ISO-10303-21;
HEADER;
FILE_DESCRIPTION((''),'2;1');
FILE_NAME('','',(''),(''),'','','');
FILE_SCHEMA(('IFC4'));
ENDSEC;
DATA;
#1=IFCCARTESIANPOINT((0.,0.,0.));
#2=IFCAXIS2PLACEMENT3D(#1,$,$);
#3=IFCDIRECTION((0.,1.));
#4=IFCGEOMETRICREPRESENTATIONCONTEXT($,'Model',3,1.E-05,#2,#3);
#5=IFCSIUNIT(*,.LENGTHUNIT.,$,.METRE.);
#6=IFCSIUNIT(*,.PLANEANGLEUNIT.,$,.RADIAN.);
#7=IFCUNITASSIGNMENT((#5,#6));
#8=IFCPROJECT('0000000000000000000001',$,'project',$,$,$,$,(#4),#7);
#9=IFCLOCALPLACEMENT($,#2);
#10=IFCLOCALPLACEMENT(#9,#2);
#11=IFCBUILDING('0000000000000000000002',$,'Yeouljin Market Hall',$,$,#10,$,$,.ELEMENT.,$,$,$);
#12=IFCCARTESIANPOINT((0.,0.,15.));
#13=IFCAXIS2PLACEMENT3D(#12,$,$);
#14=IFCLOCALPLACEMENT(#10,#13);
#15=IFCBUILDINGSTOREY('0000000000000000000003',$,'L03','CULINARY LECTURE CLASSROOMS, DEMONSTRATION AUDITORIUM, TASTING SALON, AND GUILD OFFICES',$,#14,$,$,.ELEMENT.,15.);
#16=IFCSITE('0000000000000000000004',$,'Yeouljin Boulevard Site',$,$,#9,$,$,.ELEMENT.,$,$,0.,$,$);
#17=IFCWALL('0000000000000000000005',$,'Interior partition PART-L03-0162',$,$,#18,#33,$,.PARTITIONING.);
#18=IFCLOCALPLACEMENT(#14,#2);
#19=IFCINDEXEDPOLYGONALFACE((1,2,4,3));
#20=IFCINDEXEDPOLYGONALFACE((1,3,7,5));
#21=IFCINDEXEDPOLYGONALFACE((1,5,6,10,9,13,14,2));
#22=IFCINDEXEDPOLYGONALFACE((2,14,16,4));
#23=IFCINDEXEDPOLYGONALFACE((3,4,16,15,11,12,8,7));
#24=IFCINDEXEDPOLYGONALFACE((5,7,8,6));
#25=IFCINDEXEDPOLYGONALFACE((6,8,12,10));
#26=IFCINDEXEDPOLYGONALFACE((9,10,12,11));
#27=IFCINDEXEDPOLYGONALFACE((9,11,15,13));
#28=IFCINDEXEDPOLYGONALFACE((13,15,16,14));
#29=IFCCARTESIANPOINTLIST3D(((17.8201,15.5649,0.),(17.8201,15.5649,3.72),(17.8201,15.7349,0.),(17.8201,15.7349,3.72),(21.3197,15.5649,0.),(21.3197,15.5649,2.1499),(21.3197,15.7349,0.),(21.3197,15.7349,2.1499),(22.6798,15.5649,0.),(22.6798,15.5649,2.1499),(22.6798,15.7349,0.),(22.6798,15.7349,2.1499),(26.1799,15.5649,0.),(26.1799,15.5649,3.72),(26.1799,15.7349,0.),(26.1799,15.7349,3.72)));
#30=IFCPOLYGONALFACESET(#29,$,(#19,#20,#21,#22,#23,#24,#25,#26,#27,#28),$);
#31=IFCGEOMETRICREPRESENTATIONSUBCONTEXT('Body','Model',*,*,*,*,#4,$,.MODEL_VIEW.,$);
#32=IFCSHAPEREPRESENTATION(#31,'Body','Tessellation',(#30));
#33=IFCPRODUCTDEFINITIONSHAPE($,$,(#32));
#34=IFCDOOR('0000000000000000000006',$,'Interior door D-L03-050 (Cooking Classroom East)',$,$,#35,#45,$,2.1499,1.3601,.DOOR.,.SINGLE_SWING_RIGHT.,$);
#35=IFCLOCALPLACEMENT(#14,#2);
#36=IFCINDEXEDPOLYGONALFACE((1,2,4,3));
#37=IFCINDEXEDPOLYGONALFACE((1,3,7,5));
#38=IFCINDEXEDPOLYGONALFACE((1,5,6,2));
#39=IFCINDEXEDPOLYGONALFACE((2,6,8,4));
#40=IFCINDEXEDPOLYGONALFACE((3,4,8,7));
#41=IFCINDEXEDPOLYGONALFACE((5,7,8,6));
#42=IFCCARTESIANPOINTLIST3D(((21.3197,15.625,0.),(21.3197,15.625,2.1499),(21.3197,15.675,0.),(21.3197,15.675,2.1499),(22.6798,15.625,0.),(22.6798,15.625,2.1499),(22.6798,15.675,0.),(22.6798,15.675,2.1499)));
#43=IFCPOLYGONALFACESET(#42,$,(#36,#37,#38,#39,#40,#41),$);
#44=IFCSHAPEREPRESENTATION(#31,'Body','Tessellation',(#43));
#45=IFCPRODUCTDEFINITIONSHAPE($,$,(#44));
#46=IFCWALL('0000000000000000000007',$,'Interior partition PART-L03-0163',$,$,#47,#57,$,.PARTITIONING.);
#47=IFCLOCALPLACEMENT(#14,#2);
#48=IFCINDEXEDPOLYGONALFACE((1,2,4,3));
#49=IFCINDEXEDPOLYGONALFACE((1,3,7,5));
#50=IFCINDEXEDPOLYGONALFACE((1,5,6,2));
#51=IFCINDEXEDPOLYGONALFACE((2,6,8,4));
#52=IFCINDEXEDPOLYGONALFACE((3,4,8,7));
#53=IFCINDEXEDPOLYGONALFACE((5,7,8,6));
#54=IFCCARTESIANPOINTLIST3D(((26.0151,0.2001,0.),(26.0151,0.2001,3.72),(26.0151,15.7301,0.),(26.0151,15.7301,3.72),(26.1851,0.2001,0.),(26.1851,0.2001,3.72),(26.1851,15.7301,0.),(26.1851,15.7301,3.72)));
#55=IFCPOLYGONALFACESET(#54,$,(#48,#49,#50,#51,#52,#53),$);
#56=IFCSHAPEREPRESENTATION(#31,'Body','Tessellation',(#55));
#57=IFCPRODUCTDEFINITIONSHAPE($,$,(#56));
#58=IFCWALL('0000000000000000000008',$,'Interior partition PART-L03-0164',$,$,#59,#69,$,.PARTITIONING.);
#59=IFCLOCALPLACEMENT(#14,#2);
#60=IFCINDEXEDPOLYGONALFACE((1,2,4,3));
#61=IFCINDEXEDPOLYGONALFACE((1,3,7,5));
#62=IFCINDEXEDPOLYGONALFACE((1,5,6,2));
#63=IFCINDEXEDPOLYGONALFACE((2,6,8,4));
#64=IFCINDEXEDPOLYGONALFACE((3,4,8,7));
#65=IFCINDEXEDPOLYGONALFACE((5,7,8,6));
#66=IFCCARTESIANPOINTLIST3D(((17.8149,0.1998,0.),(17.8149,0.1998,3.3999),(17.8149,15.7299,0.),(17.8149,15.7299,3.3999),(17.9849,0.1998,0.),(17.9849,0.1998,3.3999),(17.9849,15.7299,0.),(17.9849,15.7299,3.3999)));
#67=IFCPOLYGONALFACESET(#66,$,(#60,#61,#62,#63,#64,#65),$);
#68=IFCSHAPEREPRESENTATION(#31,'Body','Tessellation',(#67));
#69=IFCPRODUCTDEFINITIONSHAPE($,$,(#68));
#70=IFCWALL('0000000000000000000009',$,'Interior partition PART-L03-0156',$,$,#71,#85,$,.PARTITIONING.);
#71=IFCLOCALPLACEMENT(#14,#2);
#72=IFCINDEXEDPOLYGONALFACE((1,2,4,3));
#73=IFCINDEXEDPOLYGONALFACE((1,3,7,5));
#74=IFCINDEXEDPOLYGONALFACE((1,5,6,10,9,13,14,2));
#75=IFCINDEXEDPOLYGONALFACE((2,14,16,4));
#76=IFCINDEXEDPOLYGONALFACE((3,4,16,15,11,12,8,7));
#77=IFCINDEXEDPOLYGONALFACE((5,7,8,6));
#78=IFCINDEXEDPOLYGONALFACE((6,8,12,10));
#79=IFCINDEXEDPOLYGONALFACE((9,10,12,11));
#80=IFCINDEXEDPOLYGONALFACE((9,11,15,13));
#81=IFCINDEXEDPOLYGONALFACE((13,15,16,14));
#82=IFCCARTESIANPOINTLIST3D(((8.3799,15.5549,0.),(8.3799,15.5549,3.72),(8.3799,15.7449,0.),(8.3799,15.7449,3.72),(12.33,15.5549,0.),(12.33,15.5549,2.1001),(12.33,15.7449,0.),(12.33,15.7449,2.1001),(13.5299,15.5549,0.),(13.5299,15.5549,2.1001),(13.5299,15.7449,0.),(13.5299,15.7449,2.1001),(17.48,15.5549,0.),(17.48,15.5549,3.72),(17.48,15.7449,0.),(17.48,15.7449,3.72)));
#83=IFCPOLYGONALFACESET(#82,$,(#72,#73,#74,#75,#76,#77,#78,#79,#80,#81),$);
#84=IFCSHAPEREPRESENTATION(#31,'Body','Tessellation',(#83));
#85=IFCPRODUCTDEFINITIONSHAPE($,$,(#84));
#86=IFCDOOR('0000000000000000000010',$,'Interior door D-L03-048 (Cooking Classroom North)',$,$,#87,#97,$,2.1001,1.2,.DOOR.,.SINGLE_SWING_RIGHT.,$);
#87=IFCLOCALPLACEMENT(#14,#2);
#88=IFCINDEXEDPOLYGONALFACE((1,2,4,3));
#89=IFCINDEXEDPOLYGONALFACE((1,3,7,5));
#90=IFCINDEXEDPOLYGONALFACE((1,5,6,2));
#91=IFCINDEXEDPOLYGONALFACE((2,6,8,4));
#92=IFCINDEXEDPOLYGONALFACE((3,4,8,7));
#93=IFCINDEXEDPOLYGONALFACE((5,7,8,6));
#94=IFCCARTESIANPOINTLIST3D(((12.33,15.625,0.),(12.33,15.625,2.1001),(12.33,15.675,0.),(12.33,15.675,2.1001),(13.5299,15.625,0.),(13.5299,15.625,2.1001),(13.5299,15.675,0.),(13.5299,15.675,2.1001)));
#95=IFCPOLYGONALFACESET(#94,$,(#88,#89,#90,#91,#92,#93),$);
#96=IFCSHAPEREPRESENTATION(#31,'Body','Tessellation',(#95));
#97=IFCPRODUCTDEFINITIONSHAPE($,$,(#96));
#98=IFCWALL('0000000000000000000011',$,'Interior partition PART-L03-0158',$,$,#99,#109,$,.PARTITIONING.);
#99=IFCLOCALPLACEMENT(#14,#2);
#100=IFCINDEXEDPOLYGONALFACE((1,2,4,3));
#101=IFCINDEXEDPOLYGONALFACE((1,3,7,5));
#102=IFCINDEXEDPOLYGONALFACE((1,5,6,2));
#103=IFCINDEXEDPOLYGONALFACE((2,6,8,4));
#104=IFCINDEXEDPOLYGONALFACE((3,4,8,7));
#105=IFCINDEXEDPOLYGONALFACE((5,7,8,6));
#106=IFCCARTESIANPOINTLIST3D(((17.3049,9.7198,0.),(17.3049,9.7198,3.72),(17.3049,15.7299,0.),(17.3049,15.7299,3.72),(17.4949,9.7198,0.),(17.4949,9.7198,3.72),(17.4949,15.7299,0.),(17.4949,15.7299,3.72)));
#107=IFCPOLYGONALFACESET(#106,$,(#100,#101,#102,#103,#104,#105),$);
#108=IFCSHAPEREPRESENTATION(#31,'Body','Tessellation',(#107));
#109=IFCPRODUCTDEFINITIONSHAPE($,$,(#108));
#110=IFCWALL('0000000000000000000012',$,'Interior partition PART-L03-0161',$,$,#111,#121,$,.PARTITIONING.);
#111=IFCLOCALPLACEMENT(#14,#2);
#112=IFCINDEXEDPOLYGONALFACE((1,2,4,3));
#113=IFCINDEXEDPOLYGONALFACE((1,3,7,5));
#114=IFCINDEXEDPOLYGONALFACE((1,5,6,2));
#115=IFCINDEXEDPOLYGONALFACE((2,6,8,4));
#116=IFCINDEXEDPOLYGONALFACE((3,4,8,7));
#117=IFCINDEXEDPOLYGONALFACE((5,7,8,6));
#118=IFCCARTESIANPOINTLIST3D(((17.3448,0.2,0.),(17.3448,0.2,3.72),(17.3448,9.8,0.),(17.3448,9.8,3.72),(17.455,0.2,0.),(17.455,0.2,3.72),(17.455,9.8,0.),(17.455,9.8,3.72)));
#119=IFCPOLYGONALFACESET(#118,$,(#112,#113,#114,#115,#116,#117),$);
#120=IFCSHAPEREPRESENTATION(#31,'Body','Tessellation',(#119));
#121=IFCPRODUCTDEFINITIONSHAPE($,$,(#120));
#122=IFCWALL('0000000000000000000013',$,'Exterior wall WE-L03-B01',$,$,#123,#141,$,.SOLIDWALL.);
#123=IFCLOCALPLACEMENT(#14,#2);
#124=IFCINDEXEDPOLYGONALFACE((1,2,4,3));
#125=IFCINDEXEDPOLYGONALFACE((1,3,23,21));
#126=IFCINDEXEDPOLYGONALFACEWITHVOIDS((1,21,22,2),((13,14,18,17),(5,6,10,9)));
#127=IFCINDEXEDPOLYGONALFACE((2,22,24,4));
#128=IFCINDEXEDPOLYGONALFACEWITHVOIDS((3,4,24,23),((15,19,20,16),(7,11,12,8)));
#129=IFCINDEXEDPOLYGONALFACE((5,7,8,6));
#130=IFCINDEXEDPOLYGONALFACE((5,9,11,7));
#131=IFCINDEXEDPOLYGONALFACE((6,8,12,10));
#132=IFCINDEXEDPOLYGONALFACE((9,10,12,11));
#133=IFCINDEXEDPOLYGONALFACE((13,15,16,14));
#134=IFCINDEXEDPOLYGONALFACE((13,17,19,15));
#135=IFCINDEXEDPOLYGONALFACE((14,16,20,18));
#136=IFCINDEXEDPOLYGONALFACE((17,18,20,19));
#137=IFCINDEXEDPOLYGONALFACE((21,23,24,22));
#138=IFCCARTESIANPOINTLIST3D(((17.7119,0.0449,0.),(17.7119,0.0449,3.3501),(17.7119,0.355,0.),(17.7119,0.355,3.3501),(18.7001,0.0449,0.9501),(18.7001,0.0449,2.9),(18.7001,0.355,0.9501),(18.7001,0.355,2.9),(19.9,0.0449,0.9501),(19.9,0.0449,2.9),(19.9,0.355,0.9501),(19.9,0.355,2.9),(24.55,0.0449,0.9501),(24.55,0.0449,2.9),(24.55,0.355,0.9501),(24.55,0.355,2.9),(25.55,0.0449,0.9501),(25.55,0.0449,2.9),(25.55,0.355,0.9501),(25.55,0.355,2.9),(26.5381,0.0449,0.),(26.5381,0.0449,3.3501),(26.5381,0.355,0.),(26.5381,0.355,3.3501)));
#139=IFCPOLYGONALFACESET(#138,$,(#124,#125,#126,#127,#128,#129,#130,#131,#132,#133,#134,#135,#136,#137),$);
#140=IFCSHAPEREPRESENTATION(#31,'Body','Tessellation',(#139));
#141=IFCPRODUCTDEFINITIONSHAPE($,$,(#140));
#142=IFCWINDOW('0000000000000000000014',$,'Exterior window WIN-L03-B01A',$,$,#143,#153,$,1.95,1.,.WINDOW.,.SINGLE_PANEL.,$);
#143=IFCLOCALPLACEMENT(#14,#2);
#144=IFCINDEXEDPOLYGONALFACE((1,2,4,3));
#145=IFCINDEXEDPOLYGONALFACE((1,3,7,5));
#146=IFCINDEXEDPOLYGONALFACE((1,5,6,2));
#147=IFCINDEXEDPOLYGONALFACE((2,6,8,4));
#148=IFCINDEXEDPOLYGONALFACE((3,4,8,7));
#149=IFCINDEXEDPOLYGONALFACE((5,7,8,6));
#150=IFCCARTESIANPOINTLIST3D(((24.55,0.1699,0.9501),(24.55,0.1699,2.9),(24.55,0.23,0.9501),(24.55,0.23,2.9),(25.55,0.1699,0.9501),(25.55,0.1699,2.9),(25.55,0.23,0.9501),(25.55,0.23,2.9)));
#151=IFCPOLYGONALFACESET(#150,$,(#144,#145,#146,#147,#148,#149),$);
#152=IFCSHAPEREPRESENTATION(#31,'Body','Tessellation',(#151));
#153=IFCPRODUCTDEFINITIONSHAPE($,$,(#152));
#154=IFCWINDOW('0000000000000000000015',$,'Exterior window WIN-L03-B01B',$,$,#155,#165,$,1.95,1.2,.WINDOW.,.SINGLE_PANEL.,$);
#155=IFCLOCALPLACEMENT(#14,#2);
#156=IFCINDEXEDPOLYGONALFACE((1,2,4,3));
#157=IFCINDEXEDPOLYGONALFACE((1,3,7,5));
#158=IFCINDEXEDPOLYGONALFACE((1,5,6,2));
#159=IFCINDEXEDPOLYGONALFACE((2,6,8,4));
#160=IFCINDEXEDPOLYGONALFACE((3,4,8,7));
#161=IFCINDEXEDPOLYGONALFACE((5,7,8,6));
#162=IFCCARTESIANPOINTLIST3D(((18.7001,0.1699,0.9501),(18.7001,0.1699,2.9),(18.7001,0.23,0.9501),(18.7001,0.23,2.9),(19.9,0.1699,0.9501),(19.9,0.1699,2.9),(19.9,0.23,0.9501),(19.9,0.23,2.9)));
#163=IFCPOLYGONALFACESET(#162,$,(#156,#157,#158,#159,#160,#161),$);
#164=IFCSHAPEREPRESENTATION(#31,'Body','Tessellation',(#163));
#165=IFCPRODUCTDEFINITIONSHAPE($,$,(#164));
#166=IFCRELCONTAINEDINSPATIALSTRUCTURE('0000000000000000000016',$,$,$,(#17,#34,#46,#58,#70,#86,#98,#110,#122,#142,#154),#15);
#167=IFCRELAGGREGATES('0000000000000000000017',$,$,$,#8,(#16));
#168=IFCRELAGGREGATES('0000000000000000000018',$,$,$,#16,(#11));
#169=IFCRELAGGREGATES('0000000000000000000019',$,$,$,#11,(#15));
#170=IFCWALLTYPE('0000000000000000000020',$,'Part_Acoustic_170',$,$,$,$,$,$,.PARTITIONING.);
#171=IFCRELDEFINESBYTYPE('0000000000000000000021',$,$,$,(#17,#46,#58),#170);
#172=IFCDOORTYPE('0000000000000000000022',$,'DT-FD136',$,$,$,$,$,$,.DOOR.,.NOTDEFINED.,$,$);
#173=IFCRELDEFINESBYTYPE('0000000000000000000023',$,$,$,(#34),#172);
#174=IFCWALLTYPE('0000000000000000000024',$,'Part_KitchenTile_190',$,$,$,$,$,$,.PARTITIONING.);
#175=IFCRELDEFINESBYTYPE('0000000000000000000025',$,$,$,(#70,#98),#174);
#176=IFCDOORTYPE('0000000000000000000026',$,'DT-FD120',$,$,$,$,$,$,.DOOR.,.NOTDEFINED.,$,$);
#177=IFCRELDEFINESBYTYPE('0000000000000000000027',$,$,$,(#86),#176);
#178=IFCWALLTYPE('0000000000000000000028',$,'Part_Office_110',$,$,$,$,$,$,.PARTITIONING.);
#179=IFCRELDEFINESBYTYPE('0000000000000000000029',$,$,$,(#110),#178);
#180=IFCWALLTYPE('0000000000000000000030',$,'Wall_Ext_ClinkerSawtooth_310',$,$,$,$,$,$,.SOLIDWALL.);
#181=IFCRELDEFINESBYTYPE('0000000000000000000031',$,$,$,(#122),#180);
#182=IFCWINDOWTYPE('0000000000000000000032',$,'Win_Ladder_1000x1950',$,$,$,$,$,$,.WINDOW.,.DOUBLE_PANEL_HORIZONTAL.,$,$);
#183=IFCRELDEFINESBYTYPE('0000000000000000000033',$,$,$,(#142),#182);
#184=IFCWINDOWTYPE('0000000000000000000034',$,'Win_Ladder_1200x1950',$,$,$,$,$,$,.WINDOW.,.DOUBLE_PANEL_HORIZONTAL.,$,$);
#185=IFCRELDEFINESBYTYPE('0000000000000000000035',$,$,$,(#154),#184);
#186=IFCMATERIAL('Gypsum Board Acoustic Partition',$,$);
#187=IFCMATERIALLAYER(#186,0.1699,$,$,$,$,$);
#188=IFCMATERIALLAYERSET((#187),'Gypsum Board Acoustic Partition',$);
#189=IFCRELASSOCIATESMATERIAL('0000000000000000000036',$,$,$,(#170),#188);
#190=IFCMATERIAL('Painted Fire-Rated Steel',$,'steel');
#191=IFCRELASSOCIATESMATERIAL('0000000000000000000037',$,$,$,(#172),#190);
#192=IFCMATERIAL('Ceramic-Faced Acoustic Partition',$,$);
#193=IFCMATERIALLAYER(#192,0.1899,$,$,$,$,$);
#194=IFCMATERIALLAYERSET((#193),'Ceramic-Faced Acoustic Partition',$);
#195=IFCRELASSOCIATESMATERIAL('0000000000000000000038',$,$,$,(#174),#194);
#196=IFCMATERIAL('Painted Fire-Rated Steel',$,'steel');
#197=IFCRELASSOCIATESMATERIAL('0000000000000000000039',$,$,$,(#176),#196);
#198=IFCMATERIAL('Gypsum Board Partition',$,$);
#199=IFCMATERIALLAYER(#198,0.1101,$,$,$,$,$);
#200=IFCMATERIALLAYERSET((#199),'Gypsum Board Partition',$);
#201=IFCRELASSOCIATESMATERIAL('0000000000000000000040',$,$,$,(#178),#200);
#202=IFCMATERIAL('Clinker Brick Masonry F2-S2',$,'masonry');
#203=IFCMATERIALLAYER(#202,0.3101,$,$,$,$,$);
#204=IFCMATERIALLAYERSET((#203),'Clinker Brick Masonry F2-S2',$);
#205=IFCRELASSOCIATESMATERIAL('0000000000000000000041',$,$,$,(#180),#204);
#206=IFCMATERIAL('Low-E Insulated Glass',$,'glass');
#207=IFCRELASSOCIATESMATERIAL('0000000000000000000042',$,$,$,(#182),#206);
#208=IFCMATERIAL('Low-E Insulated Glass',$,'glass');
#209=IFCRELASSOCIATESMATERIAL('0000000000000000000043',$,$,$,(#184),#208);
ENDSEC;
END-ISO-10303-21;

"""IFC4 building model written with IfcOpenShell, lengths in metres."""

from ifc_helpers import new_model, si_unit, direction, frame, frame_2d, origin, place, context, subcontext, project, spatial, rectangle, extrude, material, layer, layer_set, type_object, element, fill, save


model = new_model("IFC4")

# Units and contexts
model_context = context("Model", 3, precision=1e-05, world=origin(), true_north=direction((0.0, 1.0)))
body_context = subcontext(model_context, "Body", "Model", "MODEL_VIEW")
ifc_project = project(units=[si_unit("LENGTHUNIT", "METRE"), si_unit("PLANEANGLEUNIT", "RADIAN")], contexts=[model_context])

# Site, building, storey
site_placement = place(None, origin())
site = spatial("IfcSite", under=ifc_project, at=site_placement, Name="Yeouljin Boulevard Site", CompositionType="ELEMENT", RefElevation=0.0)
building_placement = place(site_placement, origin())
building = spatial("IfcBuilding", under=site, at=building_placement, Name="Yeouljin Market Hall", CompositionType="ELEMENT")
storey_placement = place(building_placement, frame((0.0, 0.0, 15.0)))
storey = spatial("IfcBuildingStorey", under=building, at=storey_placement, Name="L03", Description="CULINARY LECTURE CLASSROOMS, DEMONSTRATION AUDITORIUM, TASTING SALON, AND GUILD OFFICES", CompositionType="ELEMENT", Elevation=15.0)

# Wall, opening, door
ifc_material_1 = material(Name="Gypsum Board Acoustic Partition")
ifc_layer_1 = layer(ifc_material_1, 0.1699)
ifc_layer_set_1 = layer_set([ifc_layer_1], Name="Gypsum Board Acoustic Partition")
wall_type_1 = type_object("IfcWallType", Name="Part_Acoustic_170", PredefinedType="PARTITIONING", material=ifc_layer_set_1)
wall_1_placement = place(storey_placement, frame((26.1799, 15.6499, 0.0), z_axis=(0.0, 0.0, 1.0), x_axis=(-1.0, 0.0, 0.0)))
wall_1 = element("IfcWall", 1, at=wall_1_placement, inside=storey, type_object=wall_type_1, Name="Interior partition PART-L03-0162", PredefinedType="PARTITIONING", context=body_context, shape_type="SweptSolid", body=[
    extrude(rectangle(XDim=8.3599, YDim=0.1699, at=frame_2d((4.1799, 0.0))), origin(), (0.0, 0.0, 1.0), 3.72),
])
opening_1_placement = place(wall_1_placement, frame((3.5, 0.0, 0.0)))
opening_1 = element("IfcOpeningElement", 2, at=opening_1_placement, cuts=wall_1, PredefinedType="OPENING", context=body_context, shape_type="SweptSolid", body=[
    extrude(rectangle(XDim=1.3601, YDim=2.1499, at=frame_2d((0.6802, 1.075))), frame((0.0, 0.095, 0.0), z_axis=(0.0, -1.0, 0.0), x_axis=(1.0, 0.0, 0.0)), (0.0, 0.0, 1.0), 0.1899),
])
ifc_material_2 = material(Name="Painted Fire-Rated Steel", Category="steel")
door_type_1 = type_object("IfcDoorType", Name="DT-FD136", OperationType="NOTDEFINED", PredefinedType="DOOR", material=ifc_material_2)
door_1_placement = place(opening_1_placement, origin())
door_1 = element("IfcDoor", 3, at=door_1_placement, inside=storey, type_object=door_type_1, Name="Interior door D-L03-050 (Cooking Classroom East)", OperationType="SINGLE_SWING_RIGHT", OverallHeight=2.1499, OverallWidth=1.3601, PredefinedType="DOOR", context=body_context, shape_type="SweptSolid", body=[
    extrude(rectangle(XDim=1.3601, YDim=2.1499, at=frame_2d((0.6802, 1.075))), frame((0.0, 0.0249, 0.0), z_axis=(0.0, -1.0, 0.0), x_axis=(1.0, 0.0, 0.0)), (0.0, 0.0, 1.0), 0.05),
])
fill(opening_1, door_1)

# Walls
wall_2_placement = place(storey_placement, frame((26.1001, 0.2, 0.0), z_axis=(0.0, 0.0, 1.0), x_axis=(0.0, 1.0, 0.0)))
element("IfcWall", 4, at=wall_2_placement, inside=storey, type_object=wall_type_1, Name="Interior partition PART-L03-0163", PredefinedType="PARTITIONING", context=body_context, shape_type="SweptSolid", body=[
    extrude(rectangle(XDim=15.53, YDim=0.1699, at=frame_2d((7.7651, 0.0))), origin(), (0.0, 0.0, 1.0), 3.72),
])
wall_3_placement = place(storey_placement, frame((17.8999, 15.73, 0.0), z_axis=(0.0, 0.0, 1.0), x_axis=(0.0, -1.0, 0.0)))
element("IfcWall", 5, at=wall_3_placement, inside=storey, type_object=wall_type_1, Name="Interior partition PART-L03-0164", PredefinedType="PARTITIONING", context=body_context, shape_type="SweptSolid", body=[
    extrude(rectangle(XDim=15.53, YDim=0.1699, at=frame_2d((7.7651, 0.0))), origin(), (0.0, 0.0, 1.0), 3.3999),
])

# Wall, opening, door
ifc_material_3 = material(Name="Ceramic-Faced Acoustic Partition")
ifc_layer_2 = layer(ifc_material_3, 0.1899)
ifc_layer_set_2 = layer_set([ifc_layer_2], Name="Ceramic-Faced Acoustic Partition")
wall_type_2 = type_object("IfcWallType", Name="Part_KitchenTile_190", PredefinedType="PARTITIONING", material=ifc_layer_set_2)
wall_4_placement = place(storey_placement, frame((17.48, 15.6499, 0.0), z_axis=(0.0, 0.0, 1.0), x_axis=(-1.0, 0.0, 0.0)))
wall_4 = element("IfcWall", 6, at=wall_4_placement, inside=storey, type_object=wall_type_2, Name="Interior partition PART-L03-0156", PredefinedType="PARTITIONING", context=body_context, shape_type="SweptSolid", body=[
    extrude(rectangle(XDim=9.1001, YDim=0.1899, at=frame_2d((4.55, 0.0))), origin(), (0.0, 0.0, 1.0), 3.72),
])
opening_2_placement = place(wall_4_placement, frame((3.95, 0.0, 0.0)))
opening_2 = element("IfcOpeningElement", 7, at=opening_2_placement, cuts=wall_4, PredefinedType="OPENING", context=body_context, shape_type="SweptSolid", body=[
    extrude(rectangle(XDim=1.2, YDim=2.1001, at=frame_2d((0.6001, 1.05))), frame((0.0, 0.105, 0.0), z_axis=(0.0, -1.0, 0.0), x_axis=(1.0, 0.0, 0.0)), (0.0, 0.0, 1.0), 0.21),
])
ifc_material_4 = material(Name="Painted Fire-Rated Steel", Category="steel")
door_type_2 = type_object("IfcDoorType", Name="DT-FD120", OperationType="NOTDEFINED", PredefinedType="DOOR", material=ifc_material_4)
door_2_placement = place(opening_2_placement, origin())
door_2 = element("IfcDoor", 8, at=door_2_placement, inside=storey, type_object=door_type_2, Name="Interior door D-L03-048 (Cooking Classroom North)", OperationType="SINGLE_SWING_RIGHT", OverallHeight=2.1001, OverallWidth=1.2, PredefinedType="DOOR", context=body_context, shape_type="SweptSolid", body=[
    extrude(rectangle(XDim=1.2, YDim=2.1001, at=frame_2d((0.6001, 1.05))), frame((0.0, 0.0249, 0.0), z_axis=(0.0, -1.0, 0.0), x_axis=(1.0, 0.0, 0.0)), (0.0, 0.0, 1.0), 0.05),
])
fill(opening_2, door_2)

# Walls
wall_5_placement = place(storey_placement, frame((17.3999, 9.72, 0.0), z_axis=(0.0, 0.0, 1.0), x_axis=(0.0, 1.0, 0.0)))
element("IfcWall", 9, at=wall_5_placement, inside=storey, type_object=wall_type_2, Name="Interior partition PART-L03-0158", PredefinedType="PARTITIONING", context=body_context, shape_type="SweptSolid", body=[
    extrude(rectangle(XDim=6.01, YDim=0.1899, at=frame_2d((3.0049, 0.0))), origin(), (0.0, 0.0, 1.0), 3.72),
])
ifc_material_5 = material(Name="Gypsum Board Partition")
ifc_layer_3 = layer(ifc_material_5, 0.1101)
ifc_layer_set_3 = layer_set([ifc_layer_3], Name="Gypsum Board Partition")
wall_type_3 = type_object("IfcWallType", Name="Part_Office_110", PredefinedType="PARTITIONING", material=ifc_layer_set_3)
wall_6_placement = place(storey_placement, frame((17.3999, 0.2, 0.0), z_axis=(0.0, 0.0, 1.0), x_axis=(0.0, 1.0, 0.0)))
element("IfcWall", 10, at=wall_6_placement, inside=storey, type_object=wall_type_3, Name="Interior partition PART-L03-0161", PredefinedType="PARTITIONING", context=body_context, shape_type="SweptSolid", body=[
    extrude(rectangle(XDim=9.6001, YDim=0.1101, at=frame_2d((4.8, 0.0))), origin(), (0.0, 0.0, 1.0), 3.72),
])

# Wall, openings, windows
ifc_material_6 = material(Name="Clinker Brick Masonry F2-S2", Category="masonry")
ifc_layer_4 = layer(ifc_material_6, 0.3101)
ifc_layer_set_4 = layer_set([ifc_layer_4], Name="Clinker Brick Masonry F2-S2")
wall_type_4 = type_object("IfcWallType", Name="Wall_Ext_ClinkerSawtooth_310", PredefinedType="SOLIDWALL", material=ifc_layer_set_4)
wall_7_placement = place(storey_placement, frame((26.5381, 0.2, 0.0), z_axis=(0.0, 0.0, 1.0), x_axis=(-1.0, 0.0, 0.0)))
wall_7 = element("IfcWall", 11, at=wall_7_placement, inside=storey, type_object=wall_type_4, Name="Exterior wall WE-L03-B01", PredefinedType="SOLIDWALL", context=body_context, shape_type="SweptSolid", body=[
    extrude(rectangle(XDim=8.8262, YDim=0.3101, at=frame_2d((4.4131, 0.0))), origin(), (0.0, 0.0, 1.0), 3.3501),
])
opening_3_placement = place(wall_7_placement, frame((0.988, 0.0, 0.95)))
opening_3 = element("IfcOpeningElement", 12, at=opening_3_placement, cuts=wall_7, PredefinedType="OPENING", context=body_context, shape_type="SweptSolid", body=[
    extrude(rectangle(XDim=1.0, YDim=1.95, at=frame_2d((0.5, 0.9751))), frame((0.0, 0.165, 0.0), z_axis=(0.0, -1.0, 0.0), x_axis=(1.0, 0.0, 0.0)), (0.0, 0.0, 1.0), 0.3301),
])
opening_4_placement = place(wall_7_placement, frame((6.6379, 0.0, 0.95)))
opening_4 = element("IfcOpeningElement", 13, at=opening_4_placement, cuts=wall_7, PredefinedType="OPENING", context=body_context, shape_type="SweptSolid", body=[
    extrude(rectangle(XDim=1.2, YDim=1.95, at=frame_2d((0.6001, 0.9751))), frame((0.0, 0.165, 0.0), z_axis=(0.0, -1.0, 0.0), x_axis=(1.0, 0.0, 0.0)), (0.0, 0.0, 1.0), 0.3301),
])
ifc_material_7 = material(Name="Low-E Insulated Glass", Category="glass")
window_type_1 = type_object("IfcWindowType", Name="Win_Ladder_1000x1950", PartitioningType="DOUBLE_PANEL_HORIZONTAL", PredefinedType="WINDOW", material=ifc_material_7)
window_1_placement = place(opening_3_placement, origin())
window_1 = element("IfcWindow", 14, at=window_1_placement, inside=storey, type_object=window_type_1, Name="Exterior window WIN-L03-B01A", OverallHeight=1.95, OverallWidth=1.0, PartitioningType="SINGLE_PANEL", PredefinedType="WINDOW", context=body_context, shape_type="SweptSolid", body=[
    extrude(rectangle(XDim=1.0, YDim=1.95, at=frame_2d((0.5, 0.9751))), frame((0.0, 0.03, 0.0), z_axis=(0.0, -1.0, 0.0), x_axis=(1.0, 0.0, 0.0)), (0.0, 0.0, 1.0), 0.0601),
])
fill(opening_3, window_1)
ifc_material_8 = material(Name="Low-E Insulated Glass", Category="glass")
window_type_2 = type_object("IfcWindowType", Name="Win_Ladder_1200x1950", PartitioningType="DOUBLE_PANEL_HORIZONTAL", PredefinedType="WINDOW", material=ifc_material_8)
window_2_placement = place(opening_4_placement, origin())
window_2 = element("IfcWindow", 15, at=window_2_placement, inside=storey, type_object=window_type_2, Name="Exterior window WIN-L03-B01B", OverallHeight=1.95, OverallWidth=1.2, PartitioningType="SINGLE_PANEL", PredefinedType="WINDOW", context=body_context, shape_type="SweptSolid", body=[
    extrude(rectangle(XDim=1.2, YDim=1.95, at=frame_2d((0.6001, 0.9751))), frame((0.0, 0.03, 0.0), z_axis=(0.0, -1.0, 0.0), x_axis=(1.0, 0.0, 0.0)), (0.0, 0.0, 1.0), 0.0601),
])
fill(opening_4, window_2)

save(model, "model.ifc")
